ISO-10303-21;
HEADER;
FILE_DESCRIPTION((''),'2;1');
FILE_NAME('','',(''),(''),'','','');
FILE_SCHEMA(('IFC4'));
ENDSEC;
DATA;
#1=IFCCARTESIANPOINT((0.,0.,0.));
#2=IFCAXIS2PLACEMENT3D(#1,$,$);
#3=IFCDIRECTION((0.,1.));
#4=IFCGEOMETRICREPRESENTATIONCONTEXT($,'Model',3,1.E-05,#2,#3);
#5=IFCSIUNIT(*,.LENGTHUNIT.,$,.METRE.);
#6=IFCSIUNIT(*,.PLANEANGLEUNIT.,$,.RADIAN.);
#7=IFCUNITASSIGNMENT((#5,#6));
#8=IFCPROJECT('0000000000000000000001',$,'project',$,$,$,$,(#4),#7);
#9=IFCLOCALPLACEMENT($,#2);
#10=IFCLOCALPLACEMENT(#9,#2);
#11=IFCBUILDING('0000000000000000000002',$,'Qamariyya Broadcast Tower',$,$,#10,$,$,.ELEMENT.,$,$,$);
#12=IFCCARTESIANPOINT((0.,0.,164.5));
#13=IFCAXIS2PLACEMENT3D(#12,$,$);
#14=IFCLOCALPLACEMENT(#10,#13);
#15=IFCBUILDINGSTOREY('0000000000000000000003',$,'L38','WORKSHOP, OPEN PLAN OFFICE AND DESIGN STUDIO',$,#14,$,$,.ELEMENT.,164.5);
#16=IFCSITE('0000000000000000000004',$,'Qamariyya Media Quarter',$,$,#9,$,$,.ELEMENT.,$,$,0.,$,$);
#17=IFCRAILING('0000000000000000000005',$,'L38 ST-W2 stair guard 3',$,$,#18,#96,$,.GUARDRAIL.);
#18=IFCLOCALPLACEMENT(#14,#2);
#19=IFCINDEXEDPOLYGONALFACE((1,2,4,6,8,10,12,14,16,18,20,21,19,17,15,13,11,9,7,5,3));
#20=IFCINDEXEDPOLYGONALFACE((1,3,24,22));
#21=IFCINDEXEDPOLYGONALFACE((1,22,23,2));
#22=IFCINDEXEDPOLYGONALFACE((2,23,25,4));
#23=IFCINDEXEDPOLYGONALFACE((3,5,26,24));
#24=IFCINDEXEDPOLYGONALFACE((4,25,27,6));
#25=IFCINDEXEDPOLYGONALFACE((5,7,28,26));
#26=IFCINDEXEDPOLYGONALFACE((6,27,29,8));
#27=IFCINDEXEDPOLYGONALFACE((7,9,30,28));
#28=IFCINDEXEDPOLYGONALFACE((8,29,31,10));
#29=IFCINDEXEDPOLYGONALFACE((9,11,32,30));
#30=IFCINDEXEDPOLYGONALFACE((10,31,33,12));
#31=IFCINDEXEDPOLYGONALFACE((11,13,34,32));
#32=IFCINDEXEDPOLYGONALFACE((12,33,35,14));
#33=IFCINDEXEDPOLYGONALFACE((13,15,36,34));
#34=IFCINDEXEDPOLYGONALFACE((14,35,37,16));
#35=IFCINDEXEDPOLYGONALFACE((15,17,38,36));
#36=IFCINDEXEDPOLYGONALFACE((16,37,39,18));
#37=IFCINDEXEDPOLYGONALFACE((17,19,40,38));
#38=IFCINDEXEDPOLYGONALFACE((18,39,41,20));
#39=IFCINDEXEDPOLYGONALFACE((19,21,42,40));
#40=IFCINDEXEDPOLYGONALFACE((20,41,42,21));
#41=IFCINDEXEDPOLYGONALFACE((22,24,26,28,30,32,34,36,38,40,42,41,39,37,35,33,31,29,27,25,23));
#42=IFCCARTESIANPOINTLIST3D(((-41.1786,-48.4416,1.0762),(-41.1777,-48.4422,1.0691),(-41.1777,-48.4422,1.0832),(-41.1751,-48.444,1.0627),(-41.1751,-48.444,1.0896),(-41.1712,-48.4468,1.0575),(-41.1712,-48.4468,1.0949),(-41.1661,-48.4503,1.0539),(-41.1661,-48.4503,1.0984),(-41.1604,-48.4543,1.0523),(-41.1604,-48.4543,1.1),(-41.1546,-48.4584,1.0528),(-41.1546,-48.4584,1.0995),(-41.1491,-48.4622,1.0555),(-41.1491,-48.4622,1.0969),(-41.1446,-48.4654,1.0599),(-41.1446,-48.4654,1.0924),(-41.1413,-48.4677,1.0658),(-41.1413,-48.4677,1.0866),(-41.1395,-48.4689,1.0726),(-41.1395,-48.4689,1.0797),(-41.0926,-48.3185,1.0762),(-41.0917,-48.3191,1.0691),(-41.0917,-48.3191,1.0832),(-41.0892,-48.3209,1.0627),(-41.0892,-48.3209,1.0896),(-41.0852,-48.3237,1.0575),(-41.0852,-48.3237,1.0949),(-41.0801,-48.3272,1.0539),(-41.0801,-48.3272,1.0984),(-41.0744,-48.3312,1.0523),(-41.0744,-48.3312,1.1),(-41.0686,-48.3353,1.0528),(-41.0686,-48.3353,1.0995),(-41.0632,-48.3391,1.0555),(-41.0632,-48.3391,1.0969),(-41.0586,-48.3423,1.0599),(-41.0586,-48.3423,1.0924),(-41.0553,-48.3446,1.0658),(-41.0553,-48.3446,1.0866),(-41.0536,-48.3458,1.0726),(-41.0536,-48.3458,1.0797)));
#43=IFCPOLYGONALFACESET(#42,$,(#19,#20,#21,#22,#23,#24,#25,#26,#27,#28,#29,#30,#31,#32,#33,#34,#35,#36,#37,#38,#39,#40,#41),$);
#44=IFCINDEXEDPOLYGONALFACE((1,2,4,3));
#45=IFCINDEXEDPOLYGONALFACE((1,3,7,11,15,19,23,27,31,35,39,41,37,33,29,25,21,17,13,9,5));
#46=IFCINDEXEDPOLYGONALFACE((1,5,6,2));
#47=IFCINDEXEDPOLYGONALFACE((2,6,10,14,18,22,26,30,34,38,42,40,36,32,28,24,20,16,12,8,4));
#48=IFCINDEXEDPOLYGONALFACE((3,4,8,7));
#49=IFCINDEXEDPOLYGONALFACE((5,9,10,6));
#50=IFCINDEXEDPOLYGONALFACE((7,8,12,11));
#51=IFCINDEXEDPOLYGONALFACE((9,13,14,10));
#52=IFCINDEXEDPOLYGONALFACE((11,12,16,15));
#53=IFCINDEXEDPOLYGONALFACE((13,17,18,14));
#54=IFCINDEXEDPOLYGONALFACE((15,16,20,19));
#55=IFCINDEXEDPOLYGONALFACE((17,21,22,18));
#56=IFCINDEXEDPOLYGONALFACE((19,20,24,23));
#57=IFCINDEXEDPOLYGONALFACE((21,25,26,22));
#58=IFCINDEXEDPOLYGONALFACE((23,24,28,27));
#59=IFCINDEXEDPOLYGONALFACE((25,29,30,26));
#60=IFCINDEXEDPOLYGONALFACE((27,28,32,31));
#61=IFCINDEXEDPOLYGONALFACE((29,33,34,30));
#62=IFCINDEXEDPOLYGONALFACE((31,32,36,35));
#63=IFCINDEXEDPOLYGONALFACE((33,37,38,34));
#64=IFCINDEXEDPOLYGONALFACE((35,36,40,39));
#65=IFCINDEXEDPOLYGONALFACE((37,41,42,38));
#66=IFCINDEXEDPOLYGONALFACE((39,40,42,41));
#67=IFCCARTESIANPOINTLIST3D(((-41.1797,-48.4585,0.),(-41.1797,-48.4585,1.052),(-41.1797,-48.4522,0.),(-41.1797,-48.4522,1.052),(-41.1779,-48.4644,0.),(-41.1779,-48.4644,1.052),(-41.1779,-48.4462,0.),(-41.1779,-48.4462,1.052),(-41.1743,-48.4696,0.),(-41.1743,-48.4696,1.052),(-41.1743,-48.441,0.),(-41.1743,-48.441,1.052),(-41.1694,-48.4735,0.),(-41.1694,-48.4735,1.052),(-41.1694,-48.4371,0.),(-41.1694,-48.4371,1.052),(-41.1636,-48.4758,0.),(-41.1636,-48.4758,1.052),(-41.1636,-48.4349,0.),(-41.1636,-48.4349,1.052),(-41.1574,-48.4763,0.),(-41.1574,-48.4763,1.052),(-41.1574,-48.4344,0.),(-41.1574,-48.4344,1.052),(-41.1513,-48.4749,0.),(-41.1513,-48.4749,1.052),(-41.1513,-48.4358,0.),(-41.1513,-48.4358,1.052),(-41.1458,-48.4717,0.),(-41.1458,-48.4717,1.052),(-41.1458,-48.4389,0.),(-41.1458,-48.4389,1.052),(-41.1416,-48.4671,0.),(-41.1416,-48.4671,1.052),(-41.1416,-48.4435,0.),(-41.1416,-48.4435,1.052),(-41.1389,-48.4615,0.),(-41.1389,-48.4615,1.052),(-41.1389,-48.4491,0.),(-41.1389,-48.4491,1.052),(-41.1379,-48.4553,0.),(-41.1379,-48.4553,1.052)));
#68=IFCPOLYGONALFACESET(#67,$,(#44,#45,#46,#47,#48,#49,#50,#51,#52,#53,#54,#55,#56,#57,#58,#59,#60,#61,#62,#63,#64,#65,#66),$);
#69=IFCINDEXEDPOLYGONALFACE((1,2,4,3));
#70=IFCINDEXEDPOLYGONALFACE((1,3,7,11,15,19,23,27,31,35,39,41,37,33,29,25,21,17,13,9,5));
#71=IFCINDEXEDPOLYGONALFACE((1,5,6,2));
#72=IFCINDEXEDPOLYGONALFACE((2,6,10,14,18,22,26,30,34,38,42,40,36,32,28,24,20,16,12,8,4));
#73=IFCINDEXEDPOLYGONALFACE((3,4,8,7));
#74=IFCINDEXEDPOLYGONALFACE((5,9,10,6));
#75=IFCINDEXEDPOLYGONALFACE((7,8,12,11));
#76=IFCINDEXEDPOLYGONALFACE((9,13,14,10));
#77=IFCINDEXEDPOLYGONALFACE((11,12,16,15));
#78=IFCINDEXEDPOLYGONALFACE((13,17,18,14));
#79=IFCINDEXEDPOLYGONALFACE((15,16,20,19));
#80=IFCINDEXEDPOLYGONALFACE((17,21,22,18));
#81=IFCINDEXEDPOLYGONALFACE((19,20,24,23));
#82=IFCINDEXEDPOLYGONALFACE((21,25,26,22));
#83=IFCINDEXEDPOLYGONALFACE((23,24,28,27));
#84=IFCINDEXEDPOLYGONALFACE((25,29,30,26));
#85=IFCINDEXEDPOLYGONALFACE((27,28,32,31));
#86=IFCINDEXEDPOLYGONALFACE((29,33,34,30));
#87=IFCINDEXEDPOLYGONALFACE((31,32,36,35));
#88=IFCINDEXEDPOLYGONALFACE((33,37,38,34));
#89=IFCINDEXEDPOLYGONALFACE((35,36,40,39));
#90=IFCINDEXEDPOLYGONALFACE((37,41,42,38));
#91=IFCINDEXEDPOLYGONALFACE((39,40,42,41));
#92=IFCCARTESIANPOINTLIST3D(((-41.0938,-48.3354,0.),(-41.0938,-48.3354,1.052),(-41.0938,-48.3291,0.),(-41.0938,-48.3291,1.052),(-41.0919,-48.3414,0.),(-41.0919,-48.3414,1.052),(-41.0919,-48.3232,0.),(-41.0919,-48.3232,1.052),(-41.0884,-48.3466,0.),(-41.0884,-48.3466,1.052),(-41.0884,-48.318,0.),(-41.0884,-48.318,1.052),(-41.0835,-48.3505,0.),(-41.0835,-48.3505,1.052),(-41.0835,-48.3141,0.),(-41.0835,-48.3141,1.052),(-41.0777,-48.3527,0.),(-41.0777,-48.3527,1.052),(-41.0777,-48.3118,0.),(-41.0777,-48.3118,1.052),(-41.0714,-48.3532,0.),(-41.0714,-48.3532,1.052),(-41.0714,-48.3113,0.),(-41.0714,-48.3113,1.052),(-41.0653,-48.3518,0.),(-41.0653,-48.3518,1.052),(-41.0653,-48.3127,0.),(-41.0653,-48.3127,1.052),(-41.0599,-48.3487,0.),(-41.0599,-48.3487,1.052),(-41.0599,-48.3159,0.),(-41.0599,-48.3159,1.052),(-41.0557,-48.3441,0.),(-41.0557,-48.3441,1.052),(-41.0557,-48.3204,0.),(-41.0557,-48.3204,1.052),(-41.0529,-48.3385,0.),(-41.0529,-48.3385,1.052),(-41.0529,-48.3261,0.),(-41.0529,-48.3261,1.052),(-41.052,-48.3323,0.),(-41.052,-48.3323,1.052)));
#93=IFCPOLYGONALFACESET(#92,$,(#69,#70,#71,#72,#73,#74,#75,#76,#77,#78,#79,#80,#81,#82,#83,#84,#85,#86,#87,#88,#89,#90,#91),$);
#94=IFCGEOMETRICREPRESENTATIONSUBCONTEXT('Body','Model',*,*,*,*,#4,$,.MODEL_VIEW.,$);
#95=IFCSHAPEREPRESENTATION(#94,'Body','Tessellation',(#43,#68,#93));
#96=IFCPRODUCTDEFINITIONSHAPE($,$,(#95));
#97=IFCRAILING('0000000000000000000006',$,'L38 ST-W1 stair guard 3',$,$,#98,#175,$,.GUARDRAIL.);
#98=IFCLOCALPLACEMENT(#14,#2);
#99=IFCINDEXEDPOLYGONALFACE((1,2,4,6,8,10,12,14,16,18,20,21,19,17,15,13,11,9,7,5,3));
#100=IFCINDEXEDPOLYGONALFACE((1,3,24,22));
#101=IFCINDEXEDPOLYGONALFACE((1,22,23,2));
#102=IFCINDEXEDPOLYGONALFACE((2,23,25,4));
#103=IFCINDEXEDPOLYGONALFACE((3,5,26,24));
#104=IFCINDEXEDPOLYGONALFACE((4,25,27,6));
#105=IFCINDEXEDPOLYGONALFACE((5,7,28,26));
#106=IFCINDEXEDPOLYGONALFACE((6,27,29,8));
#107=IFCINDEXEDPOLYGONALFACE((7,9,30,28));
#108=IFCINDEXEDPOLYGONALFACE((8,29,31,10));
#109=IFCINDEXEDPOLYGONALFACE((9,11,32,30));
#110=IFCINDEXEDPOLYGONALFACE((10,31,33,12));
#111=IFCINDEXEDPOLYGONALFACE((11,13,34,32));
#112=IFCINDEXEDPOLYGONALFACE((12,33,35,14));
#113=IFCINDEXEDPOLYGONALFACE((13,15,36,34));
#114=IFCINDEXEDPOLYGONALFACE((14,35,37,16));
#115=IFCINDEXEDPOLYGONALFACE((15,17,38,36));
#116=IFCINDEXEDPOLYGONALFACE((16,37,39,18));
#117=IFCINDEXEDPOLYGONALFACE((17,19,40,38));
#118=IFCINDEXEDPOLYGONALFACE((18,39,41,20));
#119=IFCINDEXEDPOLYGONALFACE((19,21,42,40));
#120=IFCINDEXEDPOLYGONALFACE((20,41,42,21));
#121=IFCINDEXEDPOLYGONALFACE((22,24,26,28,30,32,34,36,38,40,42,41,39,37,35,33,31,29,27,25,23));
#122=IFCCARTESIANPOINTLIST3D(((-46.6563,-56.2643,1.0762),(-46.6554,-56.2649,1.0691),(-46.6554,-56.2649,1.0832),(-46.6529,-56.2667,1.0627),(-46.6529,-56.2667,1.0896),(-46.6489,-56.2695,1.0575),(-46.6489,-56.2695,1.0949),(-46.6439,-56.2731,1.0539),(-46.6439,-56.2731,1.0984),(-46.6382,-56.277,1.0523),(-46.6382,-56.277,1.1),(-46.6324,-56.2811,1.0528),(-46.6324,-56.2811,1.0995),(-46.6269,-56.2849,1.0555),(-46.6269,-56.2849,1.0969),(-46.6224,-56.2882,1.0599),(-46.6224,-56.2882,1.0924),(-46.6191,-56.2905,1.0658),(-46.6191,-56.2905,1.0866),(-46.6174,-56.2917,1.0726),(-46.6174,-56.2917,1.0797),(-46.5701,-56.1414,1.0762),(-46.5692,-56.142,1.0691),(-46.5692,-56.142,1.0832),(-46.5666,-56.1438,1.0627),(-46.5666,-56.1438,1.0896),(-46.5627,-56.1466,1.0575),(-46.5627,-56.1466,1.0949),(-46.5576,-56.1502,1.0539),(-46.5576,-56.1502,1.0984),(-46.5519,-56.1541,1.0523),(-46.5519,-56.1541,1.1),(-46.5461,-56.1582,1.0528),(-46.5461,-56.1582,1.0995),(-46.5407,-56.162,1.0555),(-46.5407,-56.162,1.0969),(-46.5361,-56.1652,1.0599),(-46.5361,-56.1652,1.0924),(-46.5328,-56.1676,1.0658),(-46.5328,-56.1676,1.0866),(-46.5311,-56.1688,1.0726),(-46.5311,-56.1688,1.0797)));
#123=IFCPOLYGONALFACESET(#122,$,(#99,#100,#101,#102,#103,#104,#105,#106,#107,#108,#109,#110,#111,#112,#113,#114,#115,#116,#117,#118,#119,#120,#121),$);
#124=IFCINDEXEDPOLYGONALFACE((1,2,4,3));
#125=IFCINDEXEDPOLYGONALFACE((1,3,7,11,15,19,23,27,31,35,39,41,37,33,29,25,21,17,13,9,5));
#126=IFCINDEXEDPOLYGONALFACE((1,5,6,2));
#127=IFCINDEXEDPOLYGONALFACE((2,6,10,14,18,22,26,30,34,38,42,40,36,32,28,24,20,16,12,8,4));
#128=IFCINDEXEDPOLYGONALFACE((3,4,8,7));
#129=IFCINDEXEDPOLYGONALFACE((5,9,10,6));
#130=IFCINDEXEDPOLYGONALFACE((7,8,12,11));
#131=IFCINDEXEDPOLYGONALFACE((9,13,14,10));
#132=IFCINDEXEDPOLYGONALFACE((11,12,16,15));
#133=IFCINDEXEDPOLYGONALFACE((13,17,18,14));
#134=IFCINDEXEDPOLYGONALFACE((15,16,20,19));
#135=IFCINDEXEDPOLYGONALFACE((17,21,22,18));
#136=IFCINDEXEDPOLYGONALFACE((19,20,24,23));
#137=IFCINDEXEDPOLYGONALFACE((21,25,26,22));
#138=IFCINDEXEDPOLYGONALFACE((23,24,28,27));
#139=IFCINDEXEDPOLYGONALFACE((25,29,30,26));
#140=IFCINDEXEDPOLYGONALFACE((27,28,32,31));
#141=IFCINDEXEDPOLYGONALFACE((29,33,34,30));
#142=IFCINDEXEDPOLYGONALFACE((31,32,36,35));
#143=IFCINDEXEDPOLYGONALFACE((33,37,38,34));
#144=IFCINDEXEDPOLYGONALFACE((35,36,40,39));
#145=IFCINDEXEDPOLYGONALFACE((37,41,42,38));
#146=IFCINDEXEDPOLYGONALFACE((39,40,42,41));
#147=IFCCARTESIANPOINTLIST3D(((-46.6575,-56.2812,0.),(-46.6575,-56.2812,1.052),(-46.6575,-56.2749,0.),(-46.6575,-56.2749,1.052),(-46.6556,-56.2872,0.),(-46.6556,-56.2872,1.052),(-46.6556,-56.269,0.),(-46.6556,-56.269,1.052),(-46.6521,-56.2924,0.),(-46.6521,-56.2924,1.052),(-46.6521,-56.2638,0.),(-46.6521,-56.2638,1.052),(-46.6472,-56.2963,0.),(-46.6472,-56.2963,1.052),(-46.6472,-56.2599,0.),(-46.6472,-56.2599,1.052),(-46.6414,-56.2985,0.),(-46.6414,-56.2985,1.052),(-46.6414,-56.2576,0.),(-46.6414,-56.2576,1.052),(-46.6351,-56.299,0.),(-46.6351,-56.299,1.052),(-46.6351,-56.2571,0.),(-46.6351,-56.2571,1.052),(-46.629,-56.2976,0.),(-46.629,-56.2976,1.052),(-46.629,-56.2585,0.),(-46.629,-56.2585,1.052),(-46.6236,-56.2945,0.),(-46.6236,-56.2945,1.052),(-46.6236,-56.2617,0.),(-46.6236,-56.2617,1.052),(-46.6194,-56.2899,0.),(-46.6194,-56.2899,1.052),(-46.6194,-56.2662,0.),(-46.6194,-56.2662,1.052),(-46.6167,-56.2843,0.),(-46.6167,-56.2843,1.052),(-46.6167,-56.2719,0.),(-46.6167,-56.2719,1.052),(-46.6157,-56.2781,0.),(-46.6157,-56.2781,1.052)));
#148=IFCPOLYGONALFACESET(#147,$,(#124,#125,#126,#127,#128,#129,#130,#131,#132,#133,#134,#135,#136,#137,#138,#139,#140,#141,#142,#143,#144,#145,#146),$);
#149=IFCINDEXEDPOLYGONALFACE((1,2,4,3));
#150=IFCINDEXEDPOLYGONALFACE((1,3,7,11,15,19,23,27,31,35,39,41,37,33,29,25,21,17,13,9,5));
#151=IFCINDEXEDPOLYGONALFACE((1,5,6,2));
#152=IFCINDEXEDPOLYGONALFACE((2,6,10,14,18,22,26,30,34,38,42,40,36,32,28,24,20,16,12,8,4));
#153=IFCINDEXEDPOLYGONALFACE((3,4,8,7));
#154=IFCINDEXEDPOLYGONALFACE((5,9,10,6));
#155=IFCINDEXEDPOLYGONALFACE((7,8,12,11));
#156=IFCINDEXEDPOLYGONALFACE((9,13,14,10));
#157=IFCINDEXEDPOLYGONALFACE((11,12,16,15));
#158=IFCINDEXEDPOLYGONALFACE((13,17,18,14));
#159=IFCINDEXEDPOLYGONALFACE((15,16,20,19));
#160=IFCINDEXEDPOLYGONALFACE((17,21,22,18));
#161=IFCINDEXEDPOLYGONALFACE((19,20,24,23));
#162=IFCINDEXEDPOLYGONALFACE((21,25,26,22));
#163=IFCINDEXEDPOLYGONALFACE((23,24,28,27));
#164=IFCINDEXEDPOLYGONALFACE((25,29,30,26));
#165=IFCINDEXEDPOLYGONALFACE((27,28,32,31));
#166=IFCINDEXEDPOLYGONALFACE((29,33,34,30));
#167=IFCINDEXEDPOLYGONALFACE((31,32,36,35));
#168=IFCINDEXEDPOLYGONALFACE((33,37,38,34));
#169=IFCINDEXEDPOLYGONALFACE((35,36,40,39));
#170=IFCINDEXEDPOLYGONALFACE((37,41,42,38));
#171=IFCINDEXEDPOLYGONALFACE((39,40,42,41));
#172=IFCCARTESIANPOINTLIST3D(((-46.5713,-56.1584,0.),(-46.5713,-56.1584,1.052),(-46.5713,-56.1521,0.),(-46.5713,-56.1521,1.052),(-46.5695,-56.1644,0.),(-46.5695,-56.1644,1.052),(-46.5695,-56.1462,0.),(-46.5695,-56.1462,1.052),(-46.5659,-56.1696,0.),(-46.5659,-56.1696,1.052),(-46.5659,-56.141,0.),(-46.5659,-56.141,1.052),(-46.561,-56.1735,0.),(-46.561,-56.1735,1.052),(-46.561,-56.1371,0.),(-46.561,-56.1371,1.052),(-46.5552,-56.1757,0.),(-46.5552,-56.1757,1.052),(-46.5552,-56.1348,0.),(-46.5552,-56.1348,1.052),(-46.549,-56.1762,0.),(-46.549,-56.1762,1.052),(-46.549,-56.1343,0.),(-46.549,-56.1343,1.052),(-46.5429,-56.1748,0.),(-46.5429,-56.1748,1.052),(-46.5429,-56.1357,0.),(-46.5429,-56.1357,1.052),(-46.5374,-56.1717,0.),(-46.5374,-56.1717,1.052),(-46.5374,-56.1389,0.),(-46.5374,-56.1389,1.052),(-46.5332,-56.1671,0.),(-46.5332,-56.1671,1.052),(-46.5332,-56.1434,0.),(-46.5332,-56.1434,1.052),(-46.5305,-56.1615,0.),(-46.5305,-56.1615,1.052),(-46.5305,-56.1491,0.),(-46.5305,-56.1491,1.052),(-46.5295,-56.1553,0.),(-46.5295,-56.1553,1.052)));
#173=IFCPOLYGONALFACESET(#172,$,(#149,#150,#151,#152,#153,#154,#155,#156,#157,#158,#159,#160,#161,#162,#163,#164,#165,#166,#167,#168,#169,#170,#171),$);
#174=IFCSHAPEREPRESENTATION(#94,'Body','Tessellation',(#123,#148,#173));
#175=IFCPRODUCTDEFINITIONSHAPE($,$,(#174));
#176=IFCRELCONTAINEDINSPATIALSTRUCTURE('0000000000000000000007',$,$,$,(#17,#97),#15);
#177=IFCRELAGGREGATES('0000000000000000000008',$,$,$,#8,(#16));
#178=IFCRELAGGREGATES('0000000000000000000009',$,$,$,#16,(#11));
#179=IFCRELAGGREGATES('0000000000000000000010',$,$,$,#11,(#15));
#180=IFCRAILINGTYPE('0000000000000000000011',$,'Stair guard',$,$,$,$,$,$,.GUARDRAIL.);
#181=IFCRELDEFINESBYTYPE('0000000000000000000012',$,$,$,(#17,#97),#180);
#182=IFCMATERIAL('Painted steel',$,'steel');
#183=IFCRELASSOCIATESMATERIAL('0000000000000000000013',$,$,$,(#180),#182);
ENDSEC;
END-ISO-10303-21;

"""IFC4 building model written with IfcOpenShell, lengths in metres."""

from ifc_helpers import new_model, si_unit, direction, frame, origin, origin_2d, place, context, subcontext, project, spatial, circle, extrude, material, type_object, element, save


model = new_model("IFC4")

# Units and contexts
model_context = context("Model", 3, precision=1e-05, world=origin(), true_north=direction((0.0, 1.0)))
body_context = subcontext(model_context, "Body", "Model", "MODEL_VIEW")
ifc_project = project(units=[si_unit("LENGTHUNIT", "METRE"), si_unit("PLANEANGLEUNIT", "RADIAN")], contexts=[model_context])

# Site, building, storey
site_placement = place(None, origin())
site = spatial("IfcSite", under=ifc_project, at=site_placement, Name="Qamariyya Media Quarter", CompositionType="ELEMENT", RefElevation=0.0)
building_placement = place(site_placement, origin())
building = spatial("IfcBuilding", under=site, at=building_placement, Name="Qamariyya Broadcast Tower", CompositionType="ELEMENT")
storey_placement = place(building_placement, frame((0.0, 0.0, 164.5)))
storey = spatial("IfcBuildingStorey", under=building, at=storey_placement, Name="L38", Description="WORKSHOP, OPEN PLAN OFFICE AND DESIGN STUDIO", CompositionType="ELEMENT", Elevation=164.5)

# Railings
ifc_material_1 = material(Name="Painted steel", Category="steel")
railing_type_1 = type_object("IfcRailingType", Name="Stair guard", PredefinedType="GUARDRAIL", material=ifc_material_1)
railing_1_placement = place(storey_placement, frame((-41.1589, -48.4553, 0.0)))
element("IfcRailing", 1, at=railing_1_placement, inside=storey, type_object=railing_type_1, Name="L38 ST-W2 stair guard 3", PredefinedType="GUARDRAIL", context=body_context, shape_type="SweptSolid", body=[
    extrude(circle(Radius=0.0239, at=origin_2d()), frame((0.0, 0.0, 1.0762), z_axis=(0.572589, 0.819843, 0.0), x_axis=(-0.819843, 0.572589, 0.0)), (0.0, 0.0, 1.0), 0.1501),
    extrude(circle(Radius=0.021, at=origin_2d()), origin(), (0.0, 0.0, 1.0), 1.052),
    extrude(circle(Radius=0.021, at=origin_2d()), frame((0.0859, 0.123, 0.0)), (0.0, 0.0, 1.0), 1.052),
])
railing_2_placement = place(storey_placement, frame((-46.6367, -56.2781, 0.0)))
element("IfcRailing", 2, at=railing_2_placement, inside=storey, type_object=railing_type_1, Name="L38 ST-W1 stair guard 3", PredefinedType="GUARDRAIL", context=body_context, shape_type="SweptSolid", body=[
    extrude(circle(Radius=0.0239, at=origin_2d()), frame((0.0, 0.0, 1.0762), z_axis=(0.574445, 0.818543, 0.0), x_axis=(-0.818543, 0.574445, 0.0)), (0.0, 0.0, 1.0), 0.1501),
    extrude(circle(Radius=0.021, at=origin_2d()), origin(), (0.0, 0.0, 1.0), 1.052),
    extrude(circle(Radius=0.021, at=origin_2d()), frame((0.0862, 0.1228, 0.0)), (0.0, 0.0, 1.0), 1.052),
])

save(model, "model.ifc")
